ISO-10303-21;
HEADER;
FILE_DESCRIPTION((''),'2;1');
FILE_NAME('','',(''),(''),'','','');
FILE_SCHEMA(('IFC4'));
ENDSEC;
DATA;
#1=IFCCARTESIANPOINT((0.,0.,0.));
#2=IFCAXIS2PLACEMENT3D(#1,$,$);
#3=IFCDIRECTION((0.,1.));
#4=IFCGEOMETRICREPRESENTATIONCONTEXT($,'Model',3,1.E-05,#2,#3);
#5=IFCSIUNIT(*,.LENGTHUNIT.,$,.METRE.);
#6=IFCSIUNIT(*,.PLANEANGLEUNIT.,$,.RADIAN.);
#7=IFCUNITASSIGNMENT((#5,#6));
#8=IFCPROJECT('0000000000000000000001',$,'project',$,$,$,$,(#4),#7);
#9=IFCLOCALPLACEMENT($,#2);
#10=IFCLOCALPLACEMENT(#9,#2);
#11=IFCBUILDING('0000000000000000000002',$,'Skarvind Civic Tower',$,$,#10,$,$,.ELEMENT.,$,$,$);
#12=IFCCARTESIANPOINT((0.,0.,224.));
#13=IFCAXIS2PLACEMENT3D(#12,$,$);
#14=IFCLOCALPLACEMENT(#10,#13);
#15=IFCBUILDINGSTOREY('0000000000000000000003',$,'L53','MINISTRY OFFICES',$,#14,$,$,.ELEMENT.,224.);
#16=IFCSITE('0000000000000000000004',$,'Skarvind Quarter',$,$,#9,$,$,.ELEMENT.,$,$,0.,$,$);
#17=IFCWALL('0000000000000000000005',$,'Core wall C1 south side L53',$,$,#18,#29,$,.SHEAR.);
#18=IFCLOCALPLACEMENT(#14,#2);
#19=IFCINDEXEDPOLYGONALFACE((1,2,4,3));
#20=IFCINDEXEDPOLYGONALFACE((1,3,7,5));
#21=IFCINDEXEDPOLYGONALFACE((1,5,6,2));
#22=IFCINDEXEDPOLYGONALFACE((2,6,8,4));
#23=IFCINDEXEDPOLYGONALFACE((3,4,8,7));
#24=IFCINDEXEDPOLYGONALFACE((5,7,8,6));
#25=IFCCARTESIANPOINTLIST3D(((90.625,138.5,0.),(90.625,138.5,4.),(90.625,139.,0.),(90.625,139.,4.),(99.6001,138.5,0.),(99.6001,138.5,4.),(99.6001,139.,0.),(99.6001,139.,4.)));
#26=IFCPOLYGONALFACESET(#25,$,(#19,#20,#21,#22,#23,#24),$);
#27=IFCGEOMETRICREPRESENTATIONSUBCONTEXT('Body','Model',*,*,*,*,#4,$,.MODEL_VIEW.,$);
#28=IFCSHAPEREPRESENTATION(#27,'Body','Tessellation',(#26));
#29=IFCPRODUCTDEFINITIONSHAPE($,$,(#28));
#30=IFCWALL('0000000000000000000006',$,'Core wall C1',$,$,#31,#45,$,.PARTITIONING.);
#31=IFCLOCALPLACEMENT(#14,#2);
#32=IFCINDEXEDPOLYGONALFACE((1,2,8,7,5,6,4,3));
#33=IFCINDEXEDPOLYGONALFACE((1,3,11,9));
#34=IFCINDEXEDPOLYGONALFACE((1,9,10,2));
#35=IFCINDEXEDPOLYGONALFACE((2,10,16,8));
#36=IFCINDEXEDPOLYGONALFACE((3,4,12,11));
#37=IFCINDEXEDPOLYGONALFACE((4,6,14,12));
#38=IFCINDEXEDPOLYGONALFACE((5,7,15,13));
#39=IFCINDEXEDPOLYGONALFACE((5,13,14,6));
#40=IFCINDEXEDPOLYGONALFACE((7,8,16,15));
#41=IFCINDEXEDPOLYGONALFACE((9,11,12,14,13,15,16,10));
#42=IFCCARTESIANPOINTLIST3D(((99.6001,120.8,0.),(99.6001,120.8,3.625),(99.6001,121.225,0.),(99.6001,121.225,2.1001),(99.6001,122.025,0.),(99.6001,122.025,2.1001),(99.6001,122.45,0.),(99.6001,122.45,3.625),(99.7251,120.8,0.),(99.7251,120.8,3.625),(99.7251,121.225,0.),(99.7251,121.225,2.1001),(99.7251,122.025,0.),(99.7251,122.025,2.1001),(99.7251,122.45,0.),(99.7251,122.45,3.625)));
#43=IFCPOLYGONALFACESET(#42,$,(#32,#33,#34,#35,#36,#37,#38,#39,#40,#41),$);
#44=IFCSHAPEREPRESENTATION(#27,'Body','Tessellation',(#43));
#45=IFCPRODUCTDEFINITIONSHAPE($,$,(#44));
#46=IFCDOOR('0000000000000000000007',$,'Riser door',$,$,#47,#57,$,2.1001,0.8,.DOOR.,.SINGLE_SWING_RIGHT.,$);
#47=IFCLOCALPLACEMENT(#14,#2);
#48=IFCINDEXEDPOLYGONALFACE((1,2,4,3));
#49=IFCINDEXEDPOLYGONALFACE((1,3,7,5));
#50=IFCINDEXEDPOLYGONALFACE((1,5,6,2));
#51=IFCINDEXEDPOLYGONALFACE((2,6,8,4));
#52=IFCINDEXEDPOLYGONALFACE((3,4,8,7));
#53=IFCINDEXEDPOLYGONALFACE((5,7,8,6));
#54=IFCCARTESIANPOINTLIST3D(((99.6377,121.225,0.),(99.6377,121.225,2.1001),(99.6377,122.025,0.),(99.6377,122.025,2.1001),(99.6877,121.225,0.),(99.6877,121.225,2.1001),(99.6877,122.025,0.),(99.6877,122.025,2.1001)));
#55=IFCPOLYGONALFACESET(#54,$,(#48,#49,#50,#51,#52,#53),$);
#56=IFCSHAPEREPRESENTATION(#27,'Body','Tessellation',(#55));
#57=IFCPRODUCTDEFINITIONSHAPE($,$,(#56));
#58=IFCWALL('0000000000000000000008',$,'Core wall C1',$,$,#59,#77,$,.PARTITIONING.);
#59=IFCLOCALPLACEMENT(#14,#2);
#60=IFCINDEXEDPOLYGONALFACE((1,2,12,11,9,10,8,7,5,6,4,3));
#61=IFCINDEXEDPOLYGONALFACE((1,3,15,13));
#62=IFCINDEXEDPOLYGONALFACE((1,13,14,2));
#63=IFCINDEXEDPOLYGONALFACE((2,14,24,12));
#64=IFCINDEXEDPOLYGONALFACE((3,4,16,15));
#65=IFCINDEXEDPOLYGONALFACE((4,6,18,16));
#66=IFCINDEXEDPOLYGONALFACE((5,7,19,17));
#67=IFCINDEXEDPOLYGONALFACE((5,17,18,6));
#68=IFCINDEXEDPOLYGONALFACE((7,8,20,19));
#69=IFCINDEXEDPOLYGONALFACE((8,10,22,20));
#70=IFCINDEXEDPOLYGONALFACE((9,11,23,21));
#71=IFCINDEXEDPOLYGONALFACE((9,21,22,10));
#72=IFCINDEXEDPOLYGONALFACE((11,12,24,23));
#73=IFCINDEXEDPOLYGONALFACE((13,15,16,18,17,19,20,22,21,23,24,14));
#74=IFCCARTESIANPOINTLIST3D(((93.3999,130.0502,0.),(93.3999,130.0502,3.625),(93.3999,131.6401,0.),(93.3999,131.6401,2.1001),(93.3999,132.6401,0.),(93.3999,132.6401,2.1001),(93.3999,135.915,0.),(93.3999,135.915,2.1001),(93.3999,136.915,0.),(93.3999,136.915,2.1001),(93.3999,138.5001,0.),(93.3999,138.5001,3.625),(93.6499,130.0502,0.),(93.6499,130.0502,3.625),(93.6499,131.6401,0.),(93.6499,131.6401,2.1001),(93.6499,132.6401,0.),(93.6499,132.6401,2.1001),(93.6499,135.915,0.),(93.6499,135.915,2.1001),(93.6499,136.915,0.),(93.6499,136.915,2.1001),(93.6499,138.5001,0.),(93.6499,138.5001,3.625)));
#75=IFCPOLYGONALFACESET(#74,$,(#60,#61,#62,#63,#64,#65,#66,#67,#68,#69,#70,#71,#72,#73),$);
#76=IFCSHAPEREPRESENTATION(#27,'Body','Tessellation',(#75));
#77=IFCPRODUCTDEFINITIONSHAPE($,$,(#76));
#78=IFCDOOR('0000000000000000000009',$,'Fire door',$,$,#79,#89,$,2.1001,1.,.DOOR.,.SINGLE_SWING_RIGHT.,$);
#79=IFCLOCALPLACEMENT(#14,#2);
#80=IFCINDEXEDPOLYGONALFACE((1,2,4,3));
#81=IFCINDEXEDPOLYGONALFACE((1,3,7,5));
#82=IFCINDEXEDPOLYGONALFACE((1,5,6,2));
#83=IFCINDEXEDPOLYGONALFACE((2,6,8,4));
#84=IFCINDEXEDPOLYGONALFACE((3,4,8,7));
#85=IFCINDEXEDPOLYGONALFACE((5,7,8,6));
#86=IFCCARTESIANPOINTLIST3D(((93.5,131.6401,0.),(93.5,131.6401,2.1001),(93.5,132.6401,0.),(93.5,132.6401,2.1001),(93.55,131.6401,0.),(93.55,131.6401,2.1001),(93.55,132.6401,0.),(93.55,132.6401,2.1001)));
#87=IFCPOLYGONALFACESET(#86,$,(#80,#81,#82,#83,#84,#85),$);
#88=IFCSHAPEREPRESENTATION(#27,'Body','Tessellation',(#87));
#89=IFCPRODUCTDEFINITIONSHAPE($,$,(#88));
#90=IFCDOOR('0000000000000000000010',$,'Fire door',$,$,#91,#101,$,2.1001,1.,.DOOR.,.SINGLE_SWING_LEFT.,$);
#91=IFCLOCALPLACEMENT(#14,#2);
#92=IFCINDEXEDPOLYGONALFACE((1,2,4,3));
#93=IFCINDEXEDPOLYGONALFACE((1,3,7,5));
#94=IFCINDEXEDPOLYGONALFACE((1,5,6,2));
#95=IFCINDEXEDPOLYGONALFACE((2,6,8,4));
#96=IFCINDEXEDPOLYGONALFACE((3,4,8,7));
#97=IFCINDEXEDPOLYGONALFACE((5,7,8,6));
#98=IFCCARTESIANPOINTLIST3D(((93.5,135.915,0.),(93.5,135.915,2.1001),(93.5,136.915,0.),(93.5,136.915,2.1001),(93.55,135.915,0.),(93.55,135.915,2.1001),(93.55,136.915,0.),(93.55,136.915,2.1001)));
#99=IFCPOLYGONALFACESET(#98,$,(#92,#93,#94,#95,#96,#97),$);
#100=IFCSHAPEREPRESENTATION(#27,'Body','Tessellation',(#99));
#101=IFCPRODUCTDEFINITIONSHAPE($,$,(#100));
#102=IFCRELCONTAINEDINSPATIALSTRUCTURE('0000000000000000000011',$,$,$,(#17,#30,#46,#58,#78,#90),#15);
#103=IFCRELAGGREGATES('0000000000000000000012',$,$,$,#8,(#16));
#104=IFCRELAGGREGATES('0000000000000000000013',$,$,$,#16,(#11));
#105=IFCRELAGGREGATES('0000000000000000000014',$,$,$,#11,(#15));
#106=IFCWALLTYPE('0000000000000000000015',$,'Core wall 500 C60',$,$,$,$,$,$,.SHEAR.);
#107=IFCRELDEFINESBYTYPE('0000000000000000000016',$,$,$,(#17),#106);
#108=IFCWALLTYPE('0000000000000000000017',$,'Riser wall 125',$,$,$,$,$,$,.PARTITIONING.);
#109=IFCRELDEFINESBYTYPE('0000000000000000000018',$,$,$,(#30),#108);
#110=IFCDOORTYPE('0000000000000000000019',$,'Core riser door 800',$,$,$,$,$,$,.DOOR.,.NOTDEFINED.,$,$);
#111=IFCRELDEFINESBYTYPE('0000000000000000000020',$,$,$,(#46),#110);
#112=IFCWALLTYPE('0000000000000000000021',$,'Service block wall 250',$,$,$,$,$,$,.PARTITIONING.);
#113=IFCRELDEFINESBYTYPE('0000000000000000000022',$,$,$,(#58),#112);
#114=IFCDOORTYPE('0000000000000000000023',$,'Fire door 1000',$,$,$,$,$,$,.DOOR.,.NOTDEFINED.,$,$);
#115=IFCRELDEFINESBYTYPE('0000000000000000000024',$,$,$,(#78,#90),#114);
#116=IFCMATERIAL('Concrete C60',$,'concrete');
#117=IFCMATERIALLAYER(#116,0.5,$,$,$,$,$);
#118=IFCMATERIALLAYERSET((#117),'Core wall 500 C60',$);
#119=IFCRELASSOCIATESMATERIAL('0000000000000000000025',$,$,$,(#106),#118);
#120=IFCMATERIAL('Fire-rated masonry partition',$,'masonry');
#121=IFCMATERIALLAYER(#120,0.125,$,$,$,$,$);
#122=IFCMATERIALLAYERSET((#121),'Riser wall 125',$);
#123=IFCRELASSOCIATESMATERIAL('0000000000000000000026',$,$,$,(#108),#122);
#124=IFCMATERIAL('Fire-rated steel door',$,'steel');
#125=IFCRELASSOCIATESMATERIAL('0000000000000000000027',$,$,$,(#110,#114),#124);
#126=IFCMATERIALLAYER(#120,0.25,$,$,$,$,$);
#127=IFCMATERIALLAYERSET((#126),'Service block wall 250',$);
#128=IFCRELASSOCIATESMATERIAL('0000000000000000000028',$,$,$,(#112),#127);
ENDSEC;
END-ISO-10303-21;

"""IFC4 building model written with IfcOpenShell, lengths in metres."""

from ifc_helpers import new_model, si_unit, direction, frame, frame_2d, origin, place, context, subcontext, project, spatial, rectangle, extrude, material, layer, layer_set, type_object, element, fill, save


model = new_model("IFC4")

# Units and contexts
model_context = context("Model", 3, precision=1e-05, world=origin(), true_north=direction((0.0, 1.0)))
body_context = subcontext(model_context, "Body", "Model", "MODEL_VIEW")
ifc_project = project(units=[si_unit("LENGTHUNIT", "METRE"), si_unit("PLANEANGLEUNIT", "RADIAN")], contexts=[model_context])

# Site, building, storey
site_placement = place(None, origin())
site = spatial("IfcSite", under=ifc_project, at=site_placement, Name="Skarvind Quarter", CompositionType="ELEMENT", RefElevation=0.0)
building_placement = place(site_placement, origin())
building = spatial("IfcBuilding", under=site, at=building_placement, Name="Skarvind Civic Tower", CompositionType="ELEMENT")
storey_placement = place(building_placement, frame((0.0, 0.0, 224.0)))
storey = spatial("IfcBuildingStorey", under=building, at=storey_placement, Name="L53", Description="MINISTRY OFFICES", CompositionType="ELEMENT", Elevation=224.0)

# Shared definitions
ifc_material_1 = material(Name="Fire-rated masonry partition", Category="masonry")
ifc_material_2 = material(Name="Fire-rated steel door", Category="steel")

# Wall
ifc_material_3 = material(Name="Concrete C60", Category="concrete")
ifc_layer_1 = layer(ifc_material_3, 0.5)
ifc_layer_set_1 = layer_set([ifc_layer_1], Name="Core wall 500 C60")
wall_type_1 = type_object("IfcWallType", Name="Core wall 500 C60", PredefinedType="SHEAR", material=ifc_layer_set_1)
wall_1_placement = place(storey_placement, frame((99.6001, 138.75, 0.0), z_axis=(0.0, 0.0, 1.0), x_axis=(-1.0, 0.0, 0.0)))
element("IfcWall", 1, at=wall_1_placement, inside=storey, type_object=wall_type_1, Name="Core wall C1 south side L53", PredefinedType="SHEAR", context=body_context, shape_type="SweptSolid", body=[
    extrude(rectangle(XDim=8.9751, YDim=0.5, at=frame_2d((4.4875, 0.0))), origin(), (0.0, 0.0, 1.0), 4.0),
])

# Wall, opening, door
ifc_layer_2 = layer(ifc_material_1, 0.125)
ifc_layer_set_2 = layer_set([ifc_layer_2], Name="Riser wall 125")
wall_type_2 = type_object("IfcWallType", Name="Riser wall 125", PredefinedType="PARTITIONING", material=ifc_layer_set_2)
wall_2_placement = place(storey_placement, frame((99.6626, 120.8, 0.0), z_axis=(0.0, 0.0, 1.0), x_axis=(0.0, 1.0, 0.0)))
wall_2 = element("IfcWall", 2, at=wall_2_placement, inside=storey, type_object=wall_type_2, Name="Core wall C1", PredefinedType="PARTITIONING", context=body_context, shape_type="SweptSolid", body=[
    extrude(rectangle(XDim=1.6499, YDim=0.125, at=frame_2d((0.825, 0.0))), origin(), (0.0, 0.0, 1.0), 3.625),
])
opening_1_placement = place(wall_2_placement, frame((0.425, 0.0, 0.0)))
opening_1 = element("IfcOpeningElement", 3, at=opening_1_placement, cuts=wall_2, PredefinedType="OPENING", context=body_context, shape_type="SweptSolid", body=[
    extrude(rectangle(XDim=0.8, YDim=2.1001, at=frame_2d((0.3999, 1.05))), frame((0.0, 0.0725, 0.0), z_axis=(0.0, -1.0, 0.0), x_axis=(1.0, 0.0, 0.0)), (0.0, 0.0, 1.0), 0.145),
])
door_type_1 = type_object("IfcDoorType", Name="Core riser door 800", OperationType="NOTDEFINED", PredefinedType="DOOR", material=ifc_material_2)
door_1_placement = place(opening_1_placement, origin())
door_1 = element("IfcDoor", 4, at=door_1_placement, inside=storey, type_object=door_type_1, Name="Riser door", OperationType="SINGLE_SWING_RIGHT", OverallHeight=2.1001, OverallWidth=0.8, PredefinedType="DOOR", context=body_context, shape_type="SweptSolid", body=[
    extrude(rectangle(XDim=0.8, YDim=2.1001, at=frame_2d((0.3999, 1.05))), frame((0.0, 0.0249, 0.0), z_axis=(0.0, -1.0, 0.0), x_axis=(1.0, 0.0, 0.0)), (0.0, 0.0, 1.0), 0.05),
])
fill(opening_1, door_1)

# Wall, openings, doors
ifc_layer_3 = layer(ifc_material_1, 0.25)
ifc_layer_set_3 = layer_set([ifc_layer_3], Name="Service block wall 250")
wall_type_3 = type_object("IfcWallType", Name="Service block wall 250", PredefinedType="PARTITIONING", material=ifc_layer_set_3)
wall_3_placement = place(storey_placement, frame((93.5249, 130.05, 0.0), z_axis=(0.0, 0.0, 1.0), x_axis=(0.0, 1.0, 0.0)))
wall_3 = element("IfcWall", 5, at=wall_3_placement, inside=storey, type_object=wall_type_3, Name="Core wall C1", PredefinedType="PARTITIONING", context=body_context, shape_type="SweptSolid", body=[
    extrude(rectangle(XDim=8.45, YDim=0.25, at=frame_2d((4.2251, 0.0))), origin(), (0.0, 0.0, 1.0), 3.625),
])
opening_2_placement = place(wall_3_placement, frame((1.5901, 0.0, 0.0)))
opening_2 = element("IfcOpeningElement", 6, at=opening_2_placement, cuts=wall_3, PredefinedType="OPENING", context=body_context, shape_type="SweptSolid", body=[
    extrude(rectangle(XDim=1.0, YDim=2.1001, at=frame_2d((0.5, 1.05))), frame((0.0, 0.135, 0.0), z_axis=(0.0, -1.0, 0.0), x_axis=(1.0, 0.0, 0.0)), (0.0, 0.0, 1.0), 0.27),
])
opening_3_placement = place(wall_3_placement, frame((5.865, 0.0, 0.0)))
opening_3 = element("IfcOpeningElement", 7, at=opening_3_placement, cuts=wall_3, PredefinedType="OPENING", context=body_context, shape_type="SweptSolid", body=[
    extrude(rectangle(XDim=1.0, YDim=2.1001, at=frame_2d((0.5, 1.05))), frame((0.0, 0.135, 0.0), z_axis=(0.0, -1.0, 0.0), x_axis=(1.0, 0.0, 0.0)), (0.0, 0.0, 1.0), 0.27),
])
door_type_2 = type_object("IfcDoorType", Name="Fire door 1000", OperationType="NOTDEFINED", PredefinedType="DOOR", material=ifc_material_2)
door_2_placement = place(opening_2_placement, origin())
door_2 = element("IfcDoor", 8, at=door_2_placement, inside=storey, type_object=door_type_2, Name="Fire door", OperationType="SINGLE_SWING_RIGHT", OverallHeight=2.1001, OverallWidth=1.0, PredefinedType="DOOR", context=body_context, shape_type="SweptSolid", body=[
    extrude(rectangle(XDim=1.0, YDim=2.1001, at=frame_2d((0.5, 1.05))), frame((0.0, 0.0249, 0.0), z_axis=(0.0, -1.0, 0.0), x_axis=(1.0, 0.0, 0.0)), (0.0, 0.0, 1.0), 0.05),
])
fill(opening_2, door_2)
door_3_placement = place(opening_3_placement, origin())
door_3 = element("IfcDoor", 9, at=door_3_placement, inside=storey, type_object=door_type_2, Name="Fire door", OperationType="SINGLE_SWING_LEFT", OverallHeight=2.1001, OverallWidth=1.0, PredefinedType="DOOR", context=body_context, shape_type="SweptSolid", body=[
    extrude(rectangle(XDim=1.0, YDim=2.1001, at=frame_2d((0.5, 1.05))), frame((0.0, 0.0249, 0.0), z_axis=(0.0, -1.0, 0.0), x_axis=(1.0, 0.0, 0.0)), (0.0, 0.0, 1.0), 0.05),
])
fill(opening_3, door_3)

save(model, "model.ifc")
